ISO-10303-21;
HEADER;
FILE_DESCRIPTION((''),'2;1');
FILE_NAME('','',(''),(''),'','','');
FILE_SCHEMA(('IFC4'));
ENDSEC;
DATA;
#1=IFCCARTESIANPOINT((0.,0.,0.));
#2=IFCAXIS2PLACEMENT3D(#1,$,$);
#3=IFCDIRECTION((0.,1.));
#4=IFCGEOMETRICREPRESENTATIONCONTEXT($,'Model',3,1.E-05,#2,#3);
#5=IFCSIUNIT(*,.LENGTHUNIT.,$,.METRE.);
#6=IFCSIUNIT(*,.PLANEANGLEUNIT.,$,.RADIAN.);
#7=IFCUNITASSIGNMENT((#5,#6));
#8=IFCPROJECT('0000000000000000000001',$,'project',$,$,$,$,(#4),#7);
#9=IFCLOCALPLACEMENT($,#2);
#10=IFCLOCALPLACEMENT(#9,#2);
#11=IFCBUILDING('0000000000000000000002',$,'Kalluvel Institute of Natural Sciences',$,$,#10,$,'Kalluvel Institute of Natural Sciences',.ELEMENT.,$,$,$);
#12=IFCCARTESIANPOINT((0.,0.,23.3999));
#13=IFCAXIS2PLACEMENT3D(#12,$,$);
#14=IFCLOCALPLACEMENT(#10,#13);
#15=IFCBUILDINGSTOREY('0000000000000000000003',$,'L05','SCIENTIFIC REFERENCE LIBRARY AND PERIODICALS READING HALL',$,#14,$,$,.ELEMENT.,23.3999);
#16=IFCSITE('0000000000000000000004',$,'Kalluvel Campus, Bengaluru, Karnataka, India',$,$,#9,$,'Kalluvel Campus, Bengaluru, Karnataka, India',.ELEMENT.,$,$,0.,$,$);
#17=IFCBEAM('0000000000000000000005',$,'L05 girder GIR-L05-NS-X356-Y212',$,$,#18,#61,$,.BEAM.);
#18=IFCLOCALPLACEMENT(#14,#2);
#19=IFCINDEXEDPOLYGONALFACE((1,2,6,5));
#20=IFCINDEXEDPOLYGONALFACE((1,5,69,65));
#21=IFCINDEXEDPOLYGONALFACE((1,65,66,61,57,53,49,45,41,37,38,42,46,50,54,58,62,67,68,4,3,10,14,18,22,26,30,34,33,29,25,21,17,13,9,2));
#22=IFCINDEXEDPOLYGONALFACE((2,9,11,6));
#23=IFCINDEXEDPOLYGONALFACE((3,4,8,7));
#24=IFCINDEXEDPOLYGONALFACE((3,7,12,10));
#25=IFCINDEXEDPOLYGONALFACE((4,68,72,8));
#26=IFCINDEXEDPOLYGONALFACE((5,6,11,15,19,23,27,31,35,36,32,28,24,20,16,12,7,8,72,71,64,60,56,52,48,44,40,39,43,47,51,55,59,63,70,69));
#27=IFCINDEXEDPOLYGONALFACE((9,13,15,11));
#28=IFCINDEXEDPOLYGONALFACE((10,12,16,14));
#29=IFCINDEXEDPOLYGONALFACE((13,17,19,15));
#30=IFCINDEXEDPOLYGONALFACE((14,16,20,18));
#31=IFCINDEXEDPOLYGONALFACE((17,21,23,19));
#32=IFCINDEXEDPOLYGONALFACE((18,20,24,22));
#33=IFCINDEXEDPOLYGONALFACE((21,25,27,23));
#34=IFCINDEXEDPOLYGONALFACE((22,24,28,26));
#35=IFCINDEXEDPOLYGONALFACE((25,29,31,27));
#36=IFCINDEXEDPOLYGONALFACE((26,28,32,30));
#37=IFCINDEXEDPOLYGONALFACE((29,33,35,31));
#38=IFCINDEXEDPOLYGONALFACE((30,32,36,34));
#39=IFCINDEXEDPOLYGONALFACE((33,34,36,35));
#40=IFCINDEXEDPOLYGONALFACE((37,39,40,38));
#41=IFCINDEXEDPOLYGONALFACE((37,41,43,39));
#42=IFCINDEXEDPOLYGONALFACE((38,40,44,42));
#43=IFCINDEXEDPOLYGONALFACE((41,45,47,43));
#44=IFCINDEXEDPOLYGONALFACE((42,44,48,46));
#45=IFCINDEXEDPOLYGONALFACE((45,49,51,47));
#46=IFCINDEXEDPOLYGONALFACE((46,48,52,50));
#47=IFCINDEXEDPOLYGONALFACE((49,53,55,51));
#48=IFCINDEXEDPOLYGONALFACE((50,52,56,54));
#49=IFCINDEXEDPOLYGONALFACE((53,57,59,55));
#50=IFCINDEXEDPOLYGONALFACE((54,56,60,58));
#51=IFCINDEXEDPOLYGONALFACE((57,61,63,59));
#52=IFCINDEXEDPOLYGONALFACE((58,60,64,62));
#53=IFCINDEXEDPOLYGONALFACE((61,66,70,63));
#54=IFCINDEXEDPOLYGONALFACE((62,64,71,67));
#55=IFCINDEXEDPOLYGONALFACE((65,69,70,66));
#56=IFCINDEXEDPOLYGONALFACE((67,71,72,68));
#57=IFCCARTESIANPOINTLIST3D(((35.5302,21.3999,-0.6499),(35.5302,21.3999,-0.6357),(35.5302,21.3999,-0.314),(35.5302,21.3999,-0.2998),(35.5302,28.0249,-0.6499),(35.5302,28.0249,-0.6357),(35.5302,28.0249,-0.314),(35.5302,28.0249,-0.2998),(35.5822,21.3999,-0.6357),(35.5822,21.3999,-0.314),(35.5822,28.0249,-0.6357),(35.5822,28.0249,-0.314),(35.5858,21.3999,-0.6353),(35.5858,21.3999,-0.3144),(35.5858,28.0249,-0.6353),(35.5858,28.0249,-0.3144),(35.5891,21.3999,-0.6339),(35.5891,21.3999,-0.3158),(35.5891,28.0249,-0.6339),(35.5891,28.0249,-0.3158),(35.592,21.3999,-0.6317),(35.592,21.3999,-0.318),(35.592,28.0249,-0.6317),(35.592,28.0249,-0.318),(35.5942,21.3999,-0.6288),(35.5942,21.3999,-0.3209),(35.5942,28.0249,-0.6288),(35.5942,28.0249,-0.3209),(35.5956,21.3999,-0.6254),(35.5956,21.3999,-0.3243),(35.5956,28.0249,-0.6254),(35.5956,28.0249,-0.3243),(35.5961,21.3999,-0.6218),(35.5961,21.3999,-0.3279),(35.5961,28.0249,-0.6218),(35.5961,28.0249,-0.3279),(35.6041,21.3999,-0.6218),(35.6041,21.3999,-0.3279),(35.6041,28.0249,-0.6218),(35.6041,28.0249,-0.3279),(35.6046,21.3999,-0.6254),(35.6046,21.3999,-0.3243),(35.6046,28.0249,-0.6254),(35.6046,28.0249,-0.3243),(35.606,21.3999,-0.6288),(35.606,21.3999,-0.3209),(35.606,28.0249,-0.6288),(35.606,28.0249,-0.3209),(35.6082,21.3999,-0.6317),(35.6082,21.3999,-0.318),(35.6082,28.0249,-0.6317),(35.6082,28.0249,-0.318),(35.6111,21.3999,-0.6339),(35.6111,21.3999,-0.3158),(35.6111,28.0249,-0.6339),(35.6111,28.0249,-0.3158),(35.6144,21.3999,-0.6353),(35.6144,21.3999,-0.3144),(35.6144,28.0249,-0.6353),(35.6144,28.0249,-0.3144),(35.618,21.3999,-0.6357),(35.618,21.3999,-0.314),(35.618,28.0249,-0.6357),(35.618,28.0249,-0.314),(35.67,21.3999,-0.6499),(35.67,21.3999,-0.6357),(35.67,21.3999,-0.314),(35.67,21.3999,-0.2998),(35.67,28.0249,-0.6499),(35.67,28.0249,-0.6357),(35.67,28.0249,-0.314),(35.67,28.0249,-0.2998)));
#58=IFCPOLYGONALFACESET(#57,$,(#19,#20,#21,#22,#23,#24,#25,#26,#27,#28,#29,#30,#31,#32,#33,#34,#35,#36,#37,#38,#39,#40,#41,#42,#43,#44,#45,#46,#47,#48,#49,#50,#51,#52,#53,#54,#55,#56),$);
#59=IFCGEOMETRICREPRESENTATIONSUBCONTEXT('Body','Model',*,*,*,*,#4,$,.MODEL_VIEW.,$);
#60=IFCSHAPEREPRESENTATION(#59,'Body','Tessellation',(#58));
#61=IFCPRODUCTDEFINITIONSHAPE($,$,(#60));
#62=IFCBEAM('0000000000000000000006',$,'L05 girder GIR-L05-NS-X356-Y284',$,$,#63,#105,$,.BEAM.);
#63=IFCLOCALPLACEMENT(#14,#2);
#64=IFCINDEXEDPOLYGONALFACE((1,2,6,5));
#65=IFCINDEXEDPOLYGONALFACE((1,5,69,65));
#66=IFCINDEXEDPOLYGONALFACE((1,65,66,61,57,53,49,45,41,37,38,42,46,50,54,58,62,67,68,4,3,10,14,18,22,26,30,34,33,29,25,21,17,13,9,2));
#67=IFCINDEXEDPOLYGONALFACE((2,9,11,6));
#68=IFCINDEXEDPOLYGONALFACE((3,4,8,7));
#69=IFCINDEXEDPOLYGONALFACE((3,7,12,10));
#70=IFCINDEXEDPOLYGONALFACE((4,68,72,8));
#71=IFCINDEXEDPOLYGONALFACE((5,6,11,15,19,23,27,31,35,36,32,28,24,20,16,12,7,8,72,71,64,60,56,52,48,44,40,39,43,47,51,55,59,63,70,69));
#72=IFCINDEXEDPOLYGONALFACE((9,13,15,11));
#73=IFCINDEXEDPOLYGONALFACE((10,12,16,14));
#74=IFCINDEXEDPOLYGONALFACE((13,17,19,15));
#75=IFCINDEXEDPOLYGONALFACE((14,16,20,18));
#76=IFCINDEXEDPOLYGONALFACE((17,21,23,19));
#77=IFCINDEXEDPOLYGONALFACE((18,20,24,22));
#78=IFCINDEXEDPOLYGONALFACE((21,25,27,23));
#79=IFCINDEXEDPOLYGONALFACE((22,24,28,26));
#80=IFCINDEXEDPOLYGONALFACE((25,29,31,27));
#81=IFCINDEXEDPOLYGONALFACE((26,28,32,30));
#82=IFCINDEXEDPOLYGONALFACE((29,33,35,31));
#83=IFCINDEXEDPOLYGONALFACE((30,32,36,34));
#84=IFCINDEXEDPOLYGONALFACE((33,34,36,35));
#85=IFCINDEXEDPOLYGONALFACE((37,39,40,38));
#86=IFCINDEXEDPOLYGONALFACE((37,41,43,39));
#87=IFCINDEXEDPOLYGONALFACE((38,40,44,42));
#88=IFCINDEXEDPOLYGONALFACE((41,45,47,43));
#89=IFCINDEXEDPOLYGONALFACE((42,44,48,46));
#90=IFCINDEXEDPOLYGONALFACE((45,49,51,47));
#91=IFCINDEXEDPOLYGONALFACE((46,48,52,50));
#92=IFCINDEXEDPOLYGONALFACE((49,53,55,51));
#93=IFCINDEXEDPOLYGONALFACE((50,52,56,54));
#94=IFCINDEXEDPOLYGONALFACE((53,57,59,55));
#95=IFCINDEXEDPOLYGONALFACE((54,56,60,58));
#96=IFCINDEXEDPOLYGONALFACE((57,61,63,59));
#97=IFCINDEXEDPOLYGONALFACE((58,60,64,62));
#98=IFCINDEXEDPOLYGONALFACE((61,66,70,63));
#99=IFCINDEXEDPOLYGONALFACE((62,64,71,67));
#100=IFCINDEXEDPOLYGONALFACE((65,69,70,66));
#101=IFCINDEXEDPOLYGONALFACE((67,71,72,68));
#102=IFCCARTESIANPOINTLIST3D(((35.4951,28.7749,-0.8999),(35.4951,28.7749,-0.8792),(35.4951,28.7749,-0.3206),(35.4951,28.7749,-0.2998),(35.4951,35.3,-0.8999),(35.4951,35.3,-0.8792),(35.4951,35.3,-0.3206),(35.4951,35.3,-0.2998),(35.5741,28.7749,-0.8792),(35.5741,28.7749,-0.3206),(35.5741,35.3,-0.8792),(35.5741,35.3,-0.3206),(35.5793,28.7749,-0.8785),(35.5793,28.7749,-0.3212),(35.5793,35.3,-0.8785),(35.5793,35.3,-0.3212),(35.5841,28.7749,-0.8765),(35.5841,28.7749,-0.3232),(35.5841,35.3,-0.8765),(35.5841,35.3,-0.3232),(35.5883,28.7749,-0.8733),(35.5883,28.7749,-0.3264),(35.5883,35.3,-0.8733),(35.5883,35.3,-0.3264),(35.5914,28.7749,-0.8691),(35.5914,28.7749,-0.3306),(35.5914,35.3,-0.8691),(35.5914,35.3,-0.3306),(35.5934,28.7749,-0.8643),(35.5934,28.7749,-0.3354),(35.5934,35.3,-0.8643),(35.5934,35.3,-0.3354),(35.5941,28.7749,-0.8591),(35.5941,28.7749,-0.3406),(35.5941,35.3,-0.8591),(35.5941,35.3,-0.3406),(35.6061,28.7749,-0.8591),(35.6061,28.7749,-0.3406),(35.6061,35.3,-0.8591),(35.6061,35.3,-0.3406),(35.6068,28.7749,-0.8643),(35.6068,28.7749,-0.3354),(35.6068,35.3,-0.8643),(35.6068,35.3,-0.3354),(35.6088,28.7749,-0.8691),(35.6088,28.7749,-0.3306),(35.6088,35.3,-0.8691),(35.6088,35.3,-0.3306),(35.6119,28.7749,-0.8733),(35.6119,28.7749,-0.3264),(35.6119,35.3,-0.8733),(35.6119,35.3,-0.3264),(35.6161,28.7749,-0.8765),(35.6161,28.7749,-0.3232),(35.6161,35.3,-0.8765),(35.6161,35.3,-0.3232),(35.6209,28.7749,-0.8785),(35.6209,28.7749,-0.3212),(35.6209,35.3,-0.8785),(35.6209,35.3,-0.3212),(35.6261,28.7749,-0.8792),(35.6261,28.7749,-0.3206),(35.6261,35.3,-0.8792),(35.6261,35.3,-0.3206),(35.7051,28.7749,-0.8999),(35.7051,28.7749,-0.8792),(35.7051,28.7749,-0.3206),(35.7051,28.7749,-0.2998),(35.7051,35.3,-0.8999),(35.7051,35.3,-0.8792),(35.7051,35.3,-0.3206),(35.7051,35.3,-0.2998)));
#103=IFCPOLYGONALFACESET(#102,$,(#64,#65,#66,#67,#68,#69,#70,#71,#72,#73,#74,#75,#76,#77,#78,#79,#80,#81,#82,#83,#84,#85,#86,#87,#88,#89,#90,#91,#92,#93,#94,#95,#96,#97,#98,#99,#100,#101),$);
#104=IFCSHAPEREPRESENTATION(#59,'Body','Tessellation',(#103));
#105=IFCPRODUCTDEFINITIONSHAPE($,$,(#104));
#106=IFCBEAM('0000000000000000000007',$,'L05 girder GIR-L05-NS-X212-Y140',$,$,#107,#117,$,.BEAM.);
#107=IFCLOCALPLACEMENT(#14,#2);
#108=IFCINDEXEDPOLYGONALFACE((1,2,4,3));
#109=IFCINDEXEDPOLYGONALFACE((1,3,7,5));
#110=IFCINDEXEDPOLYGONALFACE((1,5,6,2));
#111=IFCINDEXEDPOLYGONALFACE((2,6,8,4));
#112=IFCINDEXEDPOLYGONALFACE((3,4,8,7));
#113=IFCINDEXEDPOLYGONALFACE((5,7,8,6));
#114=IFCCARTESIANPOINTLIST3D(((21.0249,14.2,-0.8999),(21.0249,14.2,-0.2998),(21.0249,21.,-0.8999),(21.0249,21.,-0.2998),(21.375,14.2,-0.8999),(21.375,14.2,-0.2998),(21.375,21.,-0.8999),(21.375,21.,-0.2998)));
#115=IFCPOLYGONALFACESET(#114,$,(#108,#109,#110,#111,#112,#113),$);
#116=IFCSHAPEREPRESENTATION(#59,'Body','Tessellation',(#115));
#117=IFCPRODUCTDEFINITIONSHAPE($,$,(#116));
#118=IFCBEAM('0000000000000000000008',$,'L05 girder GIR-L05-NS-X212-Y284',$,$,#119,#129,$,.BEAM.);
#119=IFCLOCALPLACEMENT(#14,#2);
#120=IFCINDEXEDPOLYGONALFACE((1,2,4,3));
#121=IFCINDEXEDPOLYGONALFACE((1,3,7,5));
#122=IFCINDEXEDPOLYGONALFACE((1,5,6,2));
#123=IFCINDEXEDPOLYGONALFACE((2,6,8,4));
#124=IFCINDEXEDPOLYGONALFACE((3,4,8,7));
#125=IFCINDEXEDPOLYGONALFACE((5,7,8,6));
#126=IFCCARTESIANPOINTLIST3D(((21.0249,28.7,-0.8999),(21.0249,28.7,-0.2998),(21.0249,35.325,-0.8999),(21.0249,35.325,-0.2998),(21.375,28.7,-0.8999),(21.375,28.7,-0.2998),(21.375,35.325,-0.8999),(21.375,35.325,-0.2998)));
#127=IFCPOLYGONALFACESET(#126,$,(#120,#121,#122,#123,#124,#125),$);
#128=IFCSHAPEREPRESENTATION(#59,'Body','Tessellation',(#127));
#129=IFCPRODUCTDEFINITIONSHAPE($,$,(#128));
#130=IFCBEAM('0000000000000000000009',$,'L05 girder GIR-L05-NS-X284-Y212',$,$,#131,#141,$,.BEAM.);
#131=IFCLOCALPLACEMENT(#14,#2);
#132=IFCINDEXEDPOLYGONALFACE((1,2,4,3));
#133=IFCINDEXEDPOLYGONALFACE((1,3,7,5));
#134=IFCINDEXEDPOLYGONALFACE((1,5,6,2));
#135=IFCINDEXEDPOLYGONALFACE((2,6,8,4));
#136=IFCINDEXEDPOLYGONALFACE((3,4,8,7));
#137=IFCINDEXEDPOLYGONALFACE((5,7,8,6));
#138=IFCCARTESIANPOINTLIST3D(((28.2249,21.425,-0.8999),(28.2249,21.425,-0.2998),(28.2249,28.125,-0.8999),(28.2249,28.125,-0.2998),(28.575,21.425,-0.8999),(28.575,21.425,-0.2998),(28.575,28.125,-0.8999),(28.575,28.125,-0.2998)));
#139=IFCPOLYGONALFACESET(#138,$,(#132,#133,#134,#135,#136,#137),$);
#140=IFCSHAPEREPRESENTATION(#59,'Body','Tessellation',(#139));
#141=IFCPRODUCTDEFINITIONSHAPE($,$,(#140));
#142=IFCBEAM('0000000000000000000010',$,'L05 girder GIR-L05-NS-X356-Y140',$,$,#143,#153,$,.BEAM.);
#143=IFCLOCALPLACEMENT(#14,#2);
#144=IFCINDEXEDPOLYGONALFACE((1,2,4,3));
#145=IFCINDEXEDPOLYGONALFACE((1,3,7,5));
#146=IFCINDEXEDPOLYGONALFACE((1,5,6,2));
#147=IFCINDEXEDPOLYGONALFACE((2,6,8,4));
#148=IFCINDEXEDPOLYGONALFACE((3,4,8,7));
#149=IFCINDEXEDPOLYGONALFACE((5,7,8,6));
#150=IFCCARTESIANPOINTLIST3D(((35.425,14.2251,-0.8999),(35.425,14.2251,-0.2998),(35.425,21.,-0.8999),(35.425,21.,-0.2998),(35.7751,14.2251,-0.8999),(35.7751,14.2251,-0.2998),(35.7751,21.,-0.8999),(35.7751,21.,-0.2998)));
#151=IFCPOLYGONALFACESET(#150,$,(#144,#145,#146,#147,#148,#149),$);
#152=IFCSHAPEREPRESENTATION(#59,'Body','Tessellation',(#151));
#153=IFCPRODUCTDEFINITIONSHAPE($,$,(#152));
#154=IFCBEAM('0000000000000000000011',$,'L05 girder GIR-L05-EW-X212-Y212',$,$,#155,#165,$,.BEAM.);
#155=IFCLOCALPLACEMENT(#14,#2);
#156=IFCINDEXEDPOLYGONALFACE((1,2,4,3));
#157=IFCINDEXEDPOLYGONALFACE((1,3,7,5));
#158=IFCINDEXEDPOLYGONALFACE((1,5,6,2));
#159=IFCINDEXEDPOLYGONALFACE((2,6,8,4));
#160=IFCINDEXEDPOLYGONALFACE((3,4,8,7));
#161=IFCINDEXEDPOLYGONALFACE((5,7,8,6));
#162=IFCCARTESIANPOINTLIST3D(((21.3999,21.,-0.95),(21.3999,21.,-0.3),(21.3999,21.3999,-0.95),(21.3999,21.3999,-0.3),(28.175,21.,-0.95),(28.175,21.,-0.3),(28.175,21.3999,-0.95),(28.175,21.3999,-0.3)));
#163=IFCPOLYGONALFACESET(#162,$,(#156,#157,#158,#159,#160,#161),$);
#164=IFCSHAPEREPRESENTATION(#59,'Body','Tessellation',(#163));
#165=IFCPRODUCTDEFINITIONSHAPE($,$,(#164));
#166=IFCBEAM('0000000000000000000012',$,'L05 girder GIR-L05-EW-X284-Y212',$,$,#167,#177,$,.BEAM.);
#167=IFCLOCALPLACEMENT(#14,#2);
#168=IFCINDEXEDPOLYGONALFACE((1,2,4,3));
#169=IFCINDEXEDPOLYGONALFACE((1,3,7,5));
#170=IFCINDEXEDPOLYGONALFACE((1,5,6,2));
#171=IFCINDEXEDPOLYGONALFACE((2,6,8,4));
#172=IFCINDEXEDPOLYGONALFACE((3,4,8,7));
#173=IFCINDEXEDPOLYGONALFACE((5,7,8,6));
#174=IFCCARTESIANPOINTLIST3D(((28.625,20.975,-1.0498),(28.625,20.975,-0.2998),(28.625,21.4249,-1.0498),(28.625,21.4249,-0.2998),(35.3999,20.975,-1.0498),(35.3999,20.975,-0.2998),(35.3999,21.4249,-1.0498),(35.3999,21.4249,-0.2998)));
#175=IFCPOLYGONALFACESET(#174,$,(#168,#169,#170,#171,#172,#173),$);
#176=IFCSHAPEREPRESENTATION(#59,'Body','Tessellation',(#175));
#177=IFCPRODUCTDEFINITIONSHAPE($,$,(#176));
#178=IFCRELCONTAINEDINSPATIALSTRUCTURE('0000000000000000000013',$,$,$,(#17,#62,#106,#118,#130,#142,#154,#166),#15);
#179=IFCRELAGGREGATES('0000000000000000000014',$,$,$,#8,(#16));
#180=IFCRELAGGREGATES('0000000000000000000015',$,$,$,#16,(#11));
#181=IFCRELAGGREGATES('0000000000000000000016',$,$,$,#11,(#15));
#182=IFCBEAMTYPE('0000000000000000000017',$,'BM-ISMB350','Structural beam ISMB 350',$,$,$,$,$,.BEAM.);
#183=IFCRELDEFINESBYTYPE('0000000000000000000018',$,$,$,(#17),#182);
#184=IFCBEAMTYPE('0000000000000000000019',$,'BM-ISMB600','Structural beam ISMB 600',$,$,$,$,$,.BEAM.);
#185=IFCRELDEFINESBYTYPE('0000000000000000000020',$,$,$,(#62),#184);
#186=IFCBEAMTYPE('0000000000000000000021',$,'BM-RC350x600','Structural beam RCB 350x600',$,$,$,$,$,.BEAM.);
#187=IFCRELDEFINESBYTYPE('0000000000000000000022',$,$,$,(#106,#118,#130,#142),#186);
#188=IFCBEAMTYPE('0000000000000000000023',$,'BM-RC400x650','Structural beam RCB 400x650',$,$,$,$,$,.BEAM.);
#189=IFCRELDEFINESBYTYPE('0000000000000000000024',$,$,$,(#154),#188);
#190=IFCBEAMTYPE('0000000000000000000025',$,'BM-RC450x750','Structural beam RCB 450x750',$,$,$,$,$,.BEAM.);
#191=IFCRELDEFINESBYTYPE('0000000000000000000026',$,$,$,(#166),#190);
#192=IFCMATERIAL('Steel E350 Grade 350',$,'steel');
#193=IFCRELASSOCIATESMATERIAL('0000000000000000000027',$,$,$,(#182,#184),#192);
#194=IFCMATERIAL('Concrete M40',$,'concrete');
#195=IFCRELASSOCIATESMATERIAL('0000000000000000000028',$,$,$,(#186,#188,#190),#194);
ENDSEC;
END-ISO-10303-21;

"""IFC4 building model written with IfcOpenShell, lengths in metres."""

from ifc_helpers import new_model, si_unit, direction, frame, origin, origin_2d, place, context, subcontext, project, spatial, rectangle, i_section, extrude, material, material_profile, profile_set, type_object, element, save


model = new_model("IFC4")

# Units and contexts
model_context = context("Model", 3, precision=1e-05, world=origin(), true_north=direction((0.0, 1.0)))
body_context = subcontext(model_context, "Body", "Model", "MODEL_VIEW")
ifc_project = project(units=[si_unit("LENGTHUNIT", "METRE"), si_unit("PLANEANGLEUNIT", "RADIAN")], contexts=[model_context])

# Site, building, storey
site_placement = place(None, origin())
site = spatial("IfcSite", under=ifc_project, at=site_placement, Name="Kalluvel Campus, Bengaluru, Karnataka, India", LongName="Kalluvel Campus, Bengaluru, Karnataka, India", CompositionType="ELEMENT", RefElevation=0.0)
building_placement = place(site_placement, origin())
building = spatial("IfcBuilding", under=site, at=building_placement, Name="Kalluvel Institute of Natural Sciences", LongName="Kalluvel Institute of Natural Sciences", CompositionType="ELEMENT")
storey_placement = place(building_placement, frame((0.0, 0.0, 23.3999)))
storey = spatial("IfcBuildingStorey", under=building, at=storey_placement, Name="L05", Description="SCIENTIFIC REFERENCE LIBRARY AND PERIODICALS READING HALL", CompositionType="ELEMENT", Elevation=23.3999)

# Shared definitions
ifc_material_1 = material(Name="Concrete M40", Category="concrete")

# Beams
ifc_material_2 = material(Name="Steel E350 Grade 350", Category="steel")
ifc_material_profile_1 = material_profile(ifc_material_2, i_section(OverallWidth=0.1399, OverallDepth=0.3501, WebThickness=0.0081, FlangeThickness=0.0142, FilletRadius=0.0139, at=origin_2d()), Name="ISMB 350")
ifc_profile_set_1 = profile_set([ifc_material_profile_1], Name="Steel E350 Grade 350")
beam_type_1 = type_object("IfcBeamType", Name="BM-ISMB350", Description="Structural beam ISMB 350", PredefinedType="BEAM", material=ifc_profile_set_1)
beam_1_placement = place(storey_placement, frame((35.6001, 21.3999, -0.4749), z_axis=(0.0, 1.0, 0.0), x_axis=(-1.0, 0.0, 0.0)))
element("IfcBeam", 1, at=beam_1_placement, inside=storey, type_object=beam_type_1, Name="L05 girder GIR-L05-NS-X356-Y212", PredefinedType="BEAM", context=body_context, shape_type="SweptSolid", body=[
    extrude(i_section(OverallWidth=0.1399, OverallDepth=0.3501, WebThickness=0.0081, FlangeThickness=0.0142, FilletRadius=0.0139, at=origin_2d()), origin(), (0.0, 0.0, 1.0), 6.625),
])
ifc_material_profile_2 = material_profile(ifc_material_2, i_section(OverallWidth=0.21, OverallDepth=0.6001, WebThickness=0.012, FlangeThickness=0.0208, FilletRadius=0.02, at=origin_2d()), Name="ISMB 600")
ifc_profile_set_2 = profile_set([ifc_material_profile_2], Name="Steel E350 Grade 350")
beam_type_2 = type_object("IfcBeamType", Name="BM-ISMB600", Description="Structural beam ISMB 600", PredefinedType="BEAM", material=ifc_profile_set_2)
beam_2_placement = place(storey_placement, frame((35.6001, 28.7749, -0.5999), z_axis=(0.0, 1.0, 0.0), x_axis=(-1.0, 0.0, 0.0)))
element("IfcBeam", 2, at=beam_2_placement, inside=storey, type_object=beam_type_2, Name="L05 girder GIR-L05-NS-X356-Y284", PredefinedType="BEAM", context=body_context, shape_type="SweptSolid", body=[
    extrude(i_section(OverallWidth=0.21, OverallDepth=0.6001, WebThickness=0.012, FlangeThickness=0.0208, FilletRadius=0.02, at=origin_2d()), origin(), (0.0, 0.0, 1.0), 6.5251),
])
ifc_material_profile_3 = material_profile(ifc_material_1, rectangle(XDim=0.3501, YDim=0.6001, at=origin_2d()), Name="RCB 350x600")
ifc_profile_set_3 = profile_set([ifc_material_profile_3], Name="Concrete M40")
beam_type_3 = type_object("IfcBeamType", Name="BM-RC350x600", Description="Structural beam RCB 350x600", PredefinedType="BEAM", material=ifc_profile_set_3)
beam_3_placement = place(storey_placement, frame((21.2, 14.2, -0.5999), z_axis=(0.0, 1.0, 0.0), x_axis=(-1.0, 0.0, 0.0)))
element("IfcBeam", 3, at=beam_3_placement, inside=storey, type_object=beam_type_3, Name="L05 girder GIR-L05-NS-X212-Y140", PredefinedType="BEAM", context=body_context, shape_type="SweptSolid", body=[
    extrude(rectangle(XDim=0.3501, YDim=0.6001, at=origin_2d()), origin(), (0.0, 0.0, 1.0), 6.8),
])
beam_4_placement = place(storey_placement, frame((21.2, 28.7, -0.5999), z_axis=(0.0, 1.0, 0.0), x_axis=(-1.0, 0.0, 0.0)))
element("IfcBeam", 4, at=beam_4_placement, inside=storey, type_object=beam_type_3, Name="L05 girder GIR-L05-NS-X212-Y284", PredefinedType="BEAM", context=body_context, shape_type="SweptSolid", body=[
    extrude(rectangle(XDim=0.3501, YDim=0.6001, at=origin_2d()), origin(), (0.0, 0.0, 1.0), 6.625),
])
beam_5_placement = place(storey_placement, frame((28.3999, 21.425, -0.5999), z_axis=(0.0, 1.0, 0.0), x_axis=(-1.0, 0.0, 0.0)))
element("IfcBeam", 5, at=beam_5_placement, inside=storey, type_object=beam_type_3, Name="L05 girder GIR-L05-NS-X284-Y212", PredefinedType="BEAM", context=body_context, shape_type="SweptSolid", body=[
    extrude(rectangle(XDim=0.3501, YDim=0.6001, at=origin_2d()), origin(), (0.0, 0.0, 1.0), 6.7),
])
beam_6_placement = place(storey_placement, frame((35.6001, 14.2251, -0.5999), z_axis=(0.0, 1.0, 0.0), x_axis=(-1.0, 0.0, 0.0)))
element("IfcBeam", 6, at=beam_6_placement, inside=storey, type_object=beam_type_3, Name="L05 girder GIR-L05-NS-X356-Y140", PredefinedType="BEAM", context=body_context, shape_type="SweptSolid", body=[
    extrude(rectangle(XDim=0.3501, YDim=0.6001, at=origin_2d()), origin(), (0.0, 0.0, 1.0), 6.7749),
])
ifc_material_profile_4 = material_profile(ifc_material_1, rectangle(XDim=0.3999, YDim=0.6499, at=origin_2d()), Name="RCB 400x650")
ifc_profile_set_4 = profile_set([ifc_material_profile_4], Name="Concrete M40")
beam_type_4 = type_object("IfcBeamType", Name="BM-RC400x650", Description="Structural beam RCB 400x650", PredefinedType="BEAM", material=ifc_profile_set_4)
beam_7_placement = place(storey_placement, frame((21.3999, 21.2, -0.625), z_axis=(1.0, 0.0, 0.0), x_axis=(0.0, 1.0, 0.0)))
element("IfcBeam", 7, at=beam_7_placement, inside=storey, type_object=beam_type_4, Name="L05 girder GIR-L05-EW-X212-Y212", PredefinedType="BEAM", context=body_context, shape_type="SweptSolid", body=[
    extrude(rectangle(XDim=0.3999, YDim=0.6499, at=origin_2d()), origin(), (0.0, 0.0, 1.0), 6.7751),
])
ifc_material_profile_5 = material_profile(ifc_material_1, rectangle(XDim=0.45, YDim=0.75, at=origin_2d()), Name="RCB 450x750")
ifc_profile_set_5 = profile_set([ifc_material_profile_5], Name="Concrete M40")
beam_type_5 = type_object("IfcBeamType", Name="BM-RC450x750", Description="Structural beam RCB 450x750", PredefinedType="BEAM", material=ifc_profile_set_5)
beam_8_placement = place(storey_placement, frame((28.625, 21.2, -0.6748), z_axis=(1.0, 0.0, 0.0), x_axis=(0.0, 1.0, 0.0)))
element("IfcBeam", 8, at=beam_8_placement, inside=storey, type_object=beam_type_5, Name="L05 girder GIR-L05-EW-X284-Y212", PredefinedType="BEAM", context=body_context, shape_type="SweptSolid", body=[
    extrude(rectangle(XDim=0.45, YDim=0.75, at=origin_2d()), origin(), (0.0, 0.0, 1.0), 6.7749),
])

save(model, "model.ifc")
